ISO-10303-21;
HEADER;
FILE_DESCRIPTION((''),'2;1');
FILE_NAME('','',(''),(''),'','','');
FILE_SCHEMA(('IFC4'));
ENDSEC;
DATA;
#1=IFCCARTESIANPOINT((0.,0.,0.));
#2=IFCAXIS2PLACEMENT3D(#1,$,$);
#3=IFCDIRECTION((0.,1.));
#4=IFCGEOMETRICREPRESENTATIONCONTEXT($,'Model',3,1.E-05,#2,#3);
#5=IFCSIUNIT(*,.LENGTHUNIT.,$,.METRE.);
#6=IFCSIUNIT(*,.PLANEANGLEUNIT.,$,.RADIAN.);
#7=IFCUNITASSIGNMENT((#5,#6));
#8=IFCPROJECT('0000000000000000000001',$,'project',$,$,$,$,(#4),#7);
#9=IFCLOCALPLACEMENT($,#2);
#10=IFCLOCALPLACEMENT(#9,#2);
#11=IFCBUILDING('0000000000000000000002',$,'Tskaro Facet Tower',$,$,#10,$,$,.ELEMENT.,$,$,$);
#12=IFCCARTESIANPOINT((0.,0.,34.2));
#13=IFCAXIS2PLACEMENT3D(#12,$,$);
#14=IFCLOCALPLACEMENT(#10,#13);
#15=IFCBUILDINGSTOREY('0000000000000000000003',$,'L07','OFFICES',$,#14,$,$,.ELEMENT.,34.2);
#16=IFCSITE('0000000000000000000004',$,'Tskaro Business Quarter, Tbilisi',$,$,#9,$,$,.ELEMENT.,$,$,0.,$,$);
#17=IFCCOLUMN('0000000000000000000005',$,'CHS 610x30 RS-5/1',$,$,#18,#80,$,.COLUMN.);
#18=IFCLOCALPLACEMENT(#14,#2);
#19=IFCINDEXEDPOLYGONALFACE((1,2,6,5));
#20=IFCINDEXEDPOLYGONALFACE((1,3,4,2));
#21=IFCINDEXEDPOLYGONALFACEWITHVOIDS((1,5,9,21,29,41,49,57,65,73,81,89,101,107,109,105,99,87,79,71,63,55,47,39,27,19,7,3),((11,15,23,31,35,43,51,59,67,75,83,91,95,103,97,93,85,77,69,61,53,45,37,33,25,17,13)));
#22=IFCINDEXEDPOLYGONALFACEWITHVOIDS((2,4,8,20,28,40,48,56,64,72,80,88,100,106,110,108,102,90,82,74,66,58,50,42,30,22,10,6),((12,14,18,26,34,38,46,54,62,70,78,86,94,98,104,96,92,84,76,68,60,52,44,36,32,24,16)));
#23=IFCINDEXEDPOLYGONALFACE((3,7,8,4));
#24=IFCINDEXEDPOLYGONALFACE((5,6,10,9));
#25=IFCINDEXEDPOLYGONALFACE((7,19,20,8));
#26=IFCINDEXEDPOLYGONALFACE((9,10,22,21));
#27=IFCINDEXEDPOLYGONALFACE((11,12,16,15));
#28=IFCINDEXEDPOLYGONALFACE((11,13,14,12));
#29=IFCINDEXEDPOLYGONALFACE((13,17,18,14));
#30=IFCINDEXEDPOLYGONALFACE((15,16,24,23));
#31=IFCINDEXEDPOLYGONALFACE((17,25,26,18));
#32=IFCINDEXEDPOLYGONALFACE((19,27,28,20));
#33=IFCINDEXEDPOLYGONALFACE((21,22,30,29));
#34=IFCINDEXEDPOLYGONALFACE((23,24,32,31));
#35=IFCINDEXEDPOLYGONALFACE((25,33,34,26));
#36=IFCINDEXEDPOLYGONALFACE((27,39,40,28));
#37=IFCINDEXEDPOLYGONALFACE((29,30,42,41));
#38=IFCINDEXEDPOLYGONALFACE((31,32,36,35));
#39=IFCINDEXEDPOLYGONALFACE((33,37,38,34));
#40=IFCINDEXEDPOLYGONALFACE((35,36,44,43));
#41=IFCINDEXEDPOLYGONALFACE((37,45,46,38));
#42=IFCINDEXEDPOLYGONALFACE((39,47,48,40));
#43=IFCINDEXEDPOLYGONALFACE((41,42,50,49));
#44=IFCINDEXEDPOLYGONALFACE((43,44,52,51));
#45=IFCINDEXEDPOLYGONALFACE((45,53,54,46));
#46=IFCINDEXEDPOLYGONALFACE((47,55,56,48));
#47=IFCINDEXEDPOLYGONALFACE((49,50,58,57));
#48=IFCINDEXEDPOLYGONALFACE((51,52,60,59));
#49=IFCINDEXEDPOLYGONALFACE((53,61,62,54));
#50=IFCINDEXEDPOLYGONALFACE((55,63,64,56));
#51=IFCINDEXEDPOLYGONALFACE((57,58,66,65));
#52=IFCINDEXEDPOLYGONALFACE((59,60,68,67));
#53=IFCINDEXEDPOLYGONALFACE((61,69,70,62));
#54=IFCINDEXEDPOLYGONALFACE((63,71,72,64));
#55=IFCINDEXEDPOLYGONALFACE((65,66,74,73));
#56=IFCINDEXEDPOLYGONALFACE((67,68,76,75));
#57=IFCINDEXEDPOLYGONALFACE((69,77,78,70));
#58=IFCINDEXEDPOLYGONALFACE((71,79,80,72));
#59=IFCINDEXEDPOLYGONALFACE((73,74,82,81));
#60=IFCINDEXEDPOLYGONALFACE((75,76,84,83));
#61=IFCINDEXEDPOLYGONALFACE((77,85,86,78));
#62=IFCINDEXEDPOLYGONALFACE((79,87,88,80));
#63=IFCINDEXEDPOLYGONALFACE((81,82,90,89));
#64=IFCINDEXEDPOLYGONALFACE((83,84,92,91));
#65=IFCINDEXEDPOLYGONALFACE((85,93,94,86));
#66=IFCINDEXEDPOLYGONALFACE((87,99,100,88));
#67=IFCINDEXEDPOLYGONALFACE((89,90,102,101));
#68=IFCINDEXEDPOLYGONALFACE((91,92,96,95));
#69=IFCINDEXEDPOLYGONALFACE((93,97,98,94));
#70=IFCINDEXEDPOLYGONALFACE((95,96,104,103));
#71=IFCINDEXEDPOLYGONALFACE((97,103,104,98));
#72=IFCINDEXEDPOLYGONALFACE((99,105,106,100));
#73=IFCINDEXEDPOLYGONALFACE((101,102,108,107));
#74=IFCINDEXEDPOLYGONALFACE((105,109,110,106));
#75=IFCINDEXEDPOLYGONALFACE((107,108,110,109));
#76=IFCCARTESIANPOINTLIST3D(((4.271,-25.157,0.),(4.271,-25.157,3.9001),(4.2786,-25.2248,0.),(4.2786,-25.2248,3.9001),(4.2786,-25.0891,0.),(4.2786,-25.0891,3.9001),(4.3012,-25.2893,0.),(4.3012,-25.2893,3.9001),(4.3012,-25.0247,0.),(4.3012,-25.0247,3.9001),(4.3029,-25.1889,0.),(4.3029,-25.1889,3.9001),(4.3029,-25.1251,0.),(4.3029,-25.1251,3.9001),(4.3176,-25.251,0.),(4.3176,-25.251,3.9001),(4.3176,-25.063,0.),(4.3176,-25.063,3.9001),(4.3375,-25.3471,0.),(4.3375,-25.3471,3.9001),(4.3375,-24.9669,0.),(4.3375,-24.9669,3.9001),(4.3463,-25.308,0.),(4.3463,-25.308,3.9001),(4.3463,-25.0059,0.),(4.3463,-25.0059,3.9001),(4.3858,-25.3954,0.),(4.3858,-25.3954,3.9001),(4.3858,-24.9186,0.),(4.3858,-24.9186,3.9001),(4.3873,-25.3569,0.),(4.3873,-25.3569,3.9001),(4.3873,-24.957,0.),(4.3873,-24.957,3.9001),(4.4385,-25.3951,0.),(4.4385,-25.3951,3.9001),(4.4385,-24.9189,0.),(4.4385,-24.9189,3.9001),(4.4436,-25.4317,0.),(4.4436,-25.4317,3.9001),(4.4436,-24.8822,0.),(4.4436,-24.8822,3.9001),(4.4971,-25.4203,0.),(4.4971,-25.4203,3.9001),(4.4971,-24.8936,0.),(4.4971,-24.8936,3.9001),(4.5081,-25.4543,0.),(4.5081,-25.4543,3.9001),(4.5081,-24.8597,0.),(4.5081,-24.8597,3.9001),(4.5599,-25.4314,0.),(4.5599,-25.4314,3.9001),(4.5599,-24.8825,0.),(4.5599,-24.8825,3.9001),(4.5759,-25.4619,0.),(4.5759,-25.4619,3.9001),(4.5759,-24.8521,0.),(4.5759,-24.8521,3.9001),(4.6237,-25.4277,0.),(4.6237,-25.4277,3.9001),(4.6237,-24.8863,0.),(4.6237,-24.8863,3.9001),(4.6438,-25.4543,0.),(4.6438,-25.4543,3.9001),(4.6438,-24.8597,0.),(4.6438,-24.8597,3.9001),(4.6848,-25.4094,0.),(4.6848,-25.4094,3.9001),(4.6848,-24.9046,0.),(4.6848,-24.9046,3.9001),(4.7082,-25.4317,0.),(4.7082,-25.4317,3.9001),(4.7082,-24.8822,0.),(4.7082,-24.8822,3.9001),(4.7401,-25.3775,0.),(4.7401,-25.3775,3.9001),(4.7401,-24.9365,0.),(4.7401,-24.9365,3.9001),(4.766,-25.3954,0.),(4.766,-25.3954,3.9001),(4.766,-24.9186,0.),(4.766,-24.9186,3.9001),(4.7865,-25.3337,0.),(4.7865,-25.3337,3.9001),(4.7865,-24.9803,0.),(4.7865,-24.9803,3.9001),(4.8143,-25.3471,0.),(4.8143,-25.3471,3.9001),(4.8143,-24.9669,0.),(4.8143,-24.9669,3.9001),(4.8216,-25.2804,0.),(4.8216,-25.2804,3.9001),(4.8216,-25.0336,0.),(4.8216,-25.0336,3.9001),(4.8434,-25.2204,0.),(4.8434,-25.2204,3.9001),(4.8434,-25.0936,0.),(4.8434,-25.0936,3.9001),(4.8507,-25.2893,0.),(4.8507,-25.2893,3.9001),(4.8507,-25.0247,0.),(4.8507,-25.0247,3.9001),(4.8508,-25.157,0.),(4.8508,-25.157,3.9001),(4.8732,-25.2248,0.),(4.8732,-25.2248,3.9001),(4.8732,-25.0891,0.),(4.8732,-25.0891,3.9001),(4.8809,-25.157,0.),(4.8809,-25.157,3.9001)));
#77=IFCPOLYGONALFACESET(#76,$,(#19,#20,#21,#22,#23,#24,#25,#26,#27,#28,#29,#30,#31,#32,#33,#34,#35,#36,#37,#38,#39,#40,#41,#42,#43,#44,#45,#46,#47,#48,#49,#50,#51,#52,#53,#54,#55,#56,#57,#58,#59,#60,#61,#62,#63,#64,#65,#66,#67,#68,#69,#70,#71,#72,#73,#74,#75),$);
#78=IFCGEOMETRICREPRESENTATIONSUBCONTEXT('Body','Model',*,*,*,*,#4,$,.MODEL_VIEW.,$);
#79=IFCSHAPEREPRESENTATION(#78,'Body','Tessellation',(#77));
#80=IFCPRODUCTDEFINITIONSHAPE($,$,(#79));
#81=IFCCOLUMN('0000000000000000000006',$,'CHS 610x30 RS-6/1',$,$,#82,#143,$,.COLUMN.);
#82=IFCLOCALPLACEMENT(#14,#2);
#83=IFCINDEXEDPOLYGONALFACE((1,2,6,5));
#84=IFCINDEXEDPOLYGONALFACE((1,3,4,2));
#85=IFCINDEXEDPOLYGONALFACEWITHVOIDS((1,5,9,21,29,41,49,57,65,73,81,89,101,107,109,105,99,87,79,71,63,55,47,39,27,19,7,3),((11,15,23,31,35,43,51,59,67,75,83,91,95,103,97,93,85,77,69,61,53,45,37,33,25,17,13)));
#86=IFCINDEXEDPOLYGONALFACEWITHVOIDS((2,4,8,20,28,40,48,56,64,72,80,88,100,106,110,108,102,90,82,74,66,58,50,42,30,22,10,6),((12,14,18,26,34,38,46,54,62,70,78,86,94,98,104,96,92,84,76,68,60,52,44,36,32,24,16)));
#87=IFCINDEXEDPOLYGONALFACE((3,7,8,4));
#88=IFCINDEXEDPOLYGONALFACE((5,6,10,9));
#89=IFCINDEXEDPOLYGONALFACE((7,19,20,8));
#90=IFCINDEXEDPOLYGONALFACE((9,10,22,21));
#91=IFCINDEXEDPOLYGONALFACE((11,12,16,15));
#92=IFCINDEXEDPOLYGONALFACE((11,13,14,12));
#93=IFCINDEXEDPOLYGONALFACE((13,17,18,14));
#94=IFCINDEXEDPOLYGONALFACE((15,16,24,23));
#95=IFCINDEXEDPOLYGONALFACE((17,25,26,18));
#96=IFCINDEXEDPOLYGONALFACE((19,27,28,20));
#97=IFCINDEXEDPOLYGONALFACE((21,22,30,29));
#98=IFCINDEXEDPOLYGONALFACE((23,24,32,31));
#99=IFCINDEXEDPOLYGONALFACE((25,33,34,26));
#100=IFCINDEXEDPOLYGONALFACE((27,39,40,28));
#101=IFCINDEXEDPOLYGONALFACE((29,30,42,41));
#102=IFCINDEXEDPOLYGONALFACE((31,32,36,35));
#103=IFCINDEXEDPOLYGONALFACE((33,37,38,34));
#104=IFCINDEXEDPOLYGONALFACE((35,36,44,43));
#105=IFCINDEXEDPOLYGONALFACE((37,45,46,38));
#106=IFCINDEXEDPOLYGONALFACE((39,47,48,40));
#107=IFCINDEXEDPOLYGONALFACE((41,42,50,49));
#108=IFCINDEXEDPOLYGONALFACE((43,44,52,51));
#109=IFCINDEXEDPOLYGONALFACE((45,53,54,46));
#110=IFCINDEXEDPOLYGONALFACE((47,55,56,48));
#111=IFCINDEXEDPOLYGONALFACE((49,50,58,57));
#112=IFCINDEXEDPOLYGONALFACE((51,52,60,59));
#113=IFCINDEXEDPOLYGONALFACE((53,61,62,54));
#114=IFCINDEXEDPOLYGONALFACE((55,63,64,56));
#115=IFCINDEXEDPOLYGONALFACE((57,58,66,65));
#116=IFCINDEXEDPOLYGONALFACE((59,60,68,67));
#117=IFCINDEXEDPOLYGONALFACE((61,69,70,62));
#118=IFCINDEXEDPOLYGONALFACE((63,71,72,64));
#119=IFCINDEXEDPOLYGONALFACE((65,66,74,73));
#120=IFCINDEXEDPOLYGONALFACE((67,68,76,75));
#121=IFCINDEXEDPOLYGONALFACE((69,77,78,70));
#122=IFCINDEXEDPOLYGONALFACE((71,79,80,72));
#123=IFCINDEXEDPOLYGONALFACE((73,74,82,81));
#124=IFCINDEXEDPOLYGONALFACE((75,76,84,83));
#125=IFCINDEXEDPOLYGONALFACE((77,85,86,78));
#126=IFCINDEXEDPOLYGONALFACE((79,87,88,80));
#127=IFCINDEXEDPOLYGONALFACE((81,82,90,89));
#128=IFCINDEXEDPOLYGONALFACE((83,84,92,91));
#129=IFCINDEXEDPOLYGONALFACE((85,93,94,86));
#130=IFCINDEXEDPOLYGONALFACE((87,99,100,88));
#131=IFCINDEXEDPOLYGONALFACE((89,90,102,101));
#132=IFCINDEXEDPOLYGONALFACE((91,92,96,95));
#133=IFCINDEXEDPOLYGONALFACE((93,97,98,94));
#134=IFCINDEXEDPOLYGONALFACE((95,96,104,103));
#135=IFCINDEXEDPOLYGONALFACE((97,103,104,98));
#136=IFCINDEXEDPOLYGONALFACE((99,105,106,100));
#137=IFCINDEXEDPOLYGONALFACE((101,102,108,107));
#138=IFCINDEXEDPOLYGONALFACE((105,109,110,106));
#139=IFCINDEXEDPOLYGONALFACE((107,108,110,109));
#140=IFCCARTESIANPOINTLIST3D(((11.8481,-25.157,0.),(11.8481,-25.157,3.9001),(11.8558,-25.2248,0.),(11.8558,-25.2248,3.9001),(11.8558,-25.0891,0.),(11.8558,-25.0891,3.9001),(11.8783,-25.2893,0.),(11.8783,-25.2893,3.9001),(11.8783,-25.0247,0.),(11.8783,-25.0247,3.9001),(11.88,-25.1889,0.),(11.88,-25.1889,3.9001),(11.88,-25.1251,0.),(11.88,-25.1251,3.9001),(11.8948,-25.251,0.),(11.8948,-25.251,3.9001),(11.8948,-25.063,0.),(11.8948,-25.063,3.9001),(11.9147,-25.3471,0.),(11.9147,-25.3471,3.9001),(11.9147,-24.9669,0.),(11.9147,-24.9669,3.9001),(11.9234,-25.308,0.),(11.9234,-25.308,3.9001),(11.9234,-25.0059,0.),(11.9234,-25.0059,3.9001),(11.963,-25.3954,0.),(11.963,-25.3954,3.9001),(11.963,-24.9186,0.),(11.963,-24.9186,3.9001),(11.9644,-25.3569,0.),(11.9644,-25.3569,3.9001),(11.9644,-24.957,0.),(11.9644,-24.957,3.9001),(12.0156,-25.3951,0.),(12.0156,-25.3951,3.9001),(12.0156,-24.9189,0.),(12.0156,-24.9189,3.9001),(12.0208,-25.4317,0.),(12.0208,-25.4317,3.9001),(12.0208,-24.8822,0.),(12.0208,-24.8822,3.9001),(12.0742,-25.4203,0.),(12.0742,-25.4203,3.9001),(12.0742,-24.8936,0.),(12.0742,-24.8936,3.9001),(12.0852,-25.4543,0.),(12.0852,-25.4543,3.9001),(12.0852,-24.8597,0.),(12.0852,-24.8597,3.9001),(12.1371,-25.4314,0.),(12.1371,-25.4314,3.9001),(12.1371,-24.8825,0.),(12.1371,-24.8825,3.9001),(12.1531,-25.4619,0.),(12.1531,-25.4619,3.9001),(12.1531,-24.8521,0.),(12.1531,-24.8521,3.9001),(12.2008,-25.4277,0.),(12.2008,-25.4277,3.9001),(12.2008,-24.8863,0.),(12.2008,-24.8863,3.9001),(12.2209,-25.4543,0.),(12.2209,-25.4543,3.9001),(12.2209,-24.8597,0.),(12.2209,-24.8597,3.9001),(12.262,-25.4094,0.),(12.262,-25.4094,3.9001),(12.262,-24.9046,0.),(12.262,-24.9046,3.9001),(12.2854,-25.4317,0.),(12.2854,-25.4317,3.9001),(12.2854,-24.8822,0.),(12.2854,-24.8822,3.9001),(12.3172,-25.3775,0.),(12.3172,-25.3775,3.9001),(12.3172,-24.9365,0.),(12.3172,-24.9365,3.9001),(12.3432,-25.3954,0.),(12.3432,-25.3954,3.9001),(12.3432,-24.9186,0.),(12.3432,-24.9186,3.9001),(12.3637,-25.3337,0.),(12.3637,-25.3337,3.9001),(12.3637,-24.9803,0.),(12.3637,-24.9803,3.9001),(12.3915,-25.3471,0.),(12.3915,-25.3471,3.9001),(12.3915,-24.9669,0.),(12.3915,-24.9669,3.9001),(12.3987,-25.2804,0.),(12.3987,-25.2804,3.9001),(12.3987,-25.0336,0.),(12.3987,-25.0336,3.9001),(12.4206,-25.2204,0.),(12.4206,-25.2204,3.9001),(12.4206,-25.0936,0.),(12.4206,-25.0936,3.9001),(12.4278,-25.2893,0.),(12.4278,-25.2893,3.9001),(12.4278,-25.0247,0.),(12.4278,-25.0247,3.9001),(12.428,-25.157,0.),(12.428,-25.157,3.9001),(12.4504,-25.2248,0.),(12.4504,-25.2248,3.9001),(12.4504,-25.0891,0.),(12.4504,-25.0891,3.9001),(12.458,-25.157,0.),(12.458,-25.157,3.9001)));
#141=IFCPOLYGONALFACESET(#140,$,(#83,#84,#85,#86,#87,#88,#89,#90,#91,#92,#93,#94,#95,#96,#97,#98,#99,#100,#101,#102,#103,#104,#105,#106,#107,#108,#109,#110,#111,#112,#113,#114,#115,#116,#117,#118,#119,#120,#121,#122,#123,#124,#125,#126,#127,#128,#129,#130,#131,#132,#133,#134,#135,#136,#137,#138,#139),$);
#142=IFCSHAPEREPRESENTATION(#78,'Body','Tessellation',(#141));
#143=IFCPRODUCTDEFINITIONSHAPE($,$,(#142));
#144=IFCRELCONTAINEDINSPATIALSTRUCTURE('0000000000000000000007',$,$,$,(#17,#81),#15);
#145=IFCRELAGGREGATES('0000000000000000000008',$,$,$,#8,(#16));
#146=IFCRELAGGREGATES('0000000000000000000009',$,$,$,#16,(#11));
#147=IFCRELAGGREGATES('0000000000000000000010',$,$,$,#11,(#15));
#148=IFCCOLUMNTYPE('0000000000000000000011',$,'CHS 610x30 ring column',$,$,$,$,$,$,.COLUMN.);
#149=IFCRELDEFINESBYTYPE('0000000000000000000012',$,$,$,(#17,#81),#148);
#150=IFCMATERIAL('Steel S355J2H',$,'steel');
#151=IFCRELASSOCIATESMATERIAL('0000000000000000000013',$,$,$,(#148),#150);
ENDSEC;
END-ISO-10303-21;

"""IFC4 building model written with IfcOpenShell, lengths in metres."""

from ifc_helpers import new_model, si_unit, direction, frame, origin, origin_2d, place, context, subcontext, project, spatial, hollow_circle, extrude, material, material_profile, profile_set, type_object, element, save


model = new_model("IFC4")

# Units and contexts
model_context = context("Model", 3, precision=1e-05, world=origin(), true_north=direction((0.0, 1.0)))
body_context = subcontext(model_context, "Body", "Model", "MODEL_VIEW")
ifc_project = project(units=[si_unit("LENGTHUNIT", "METRE"), si_unit("PLANEANGLEUNIT", "RADIAN")], contexts=[model_context])

# Site, building, storey
site_placement = place(None, origin())
site = spatial("IfcSite", under=ifc_project, at=site_placement, Name="Tskaro Business Quarter, Tbilisi", CompositionType="ELEMENT", RefElevation=0.0)
building_placement = place(site_placement, origin())
building = spatial("IfcBuilding", under=site, at=building_placement, Name="Tskaro Facet Tower", CompositionType="ELEMENT")
storey_placement = place(building_placement, frame((0.0, 0.0, 34.2)))
storey = spatial("IfcBuildingStorey", under=building, at=storey_placement, Name="L07", Description="OFFICES", CompositionType="ELEMENT", Elevation=34.2)

# Columns
ifc_material_1 = material(Name="Steel S355J2H", Category="steel")
ifc_material_profile_1 = material_profile(ifc_material_1, hollow_circle(Radius=0.3049, WallThickness=0.03, at=origin_2d()), Name="CHS 610x30")
ifc_profile_set_1 = profile_set([ifc_material_profile_1], Name="Steel S355J2H")
column_type_1 = type_object("IfcColumnType", Name="CHS 610x30 ring column", PredefinedType="COLUMN", material=ifc_profile_set_1)
for number, where, z_axis, x_axis, name in (
    (1, (4.5759, -25.157, 0.0), (0.0, 0.0, 1.0), (1.0, 0.0, 0.0), "CHS 610x30 RS-5/1"),
    (2, (12.1531, -25.157, 0.0), (0.0, 0.0, 1.0), (1.0, 0.0, 0.0), "CHS 610x30 RS-6/1"),
):
    element("IfcColumn", number, at=place(storey_placement, frame(where, z_axis=z_axis, x_axis=x_axis)), inside=storey, type_object=column_type_1, Name=name, PredefinedType="COLUMN", context=body_context, shape_type="SweptSolid", body=[
        extrude(hollow_circle(Radius=0.3049, WallThickness=0.03, at=origin_2d()), origin(), (0.0, 0.0, 1.0), 3.9001),
    ])

save(model, "model.ifc")
